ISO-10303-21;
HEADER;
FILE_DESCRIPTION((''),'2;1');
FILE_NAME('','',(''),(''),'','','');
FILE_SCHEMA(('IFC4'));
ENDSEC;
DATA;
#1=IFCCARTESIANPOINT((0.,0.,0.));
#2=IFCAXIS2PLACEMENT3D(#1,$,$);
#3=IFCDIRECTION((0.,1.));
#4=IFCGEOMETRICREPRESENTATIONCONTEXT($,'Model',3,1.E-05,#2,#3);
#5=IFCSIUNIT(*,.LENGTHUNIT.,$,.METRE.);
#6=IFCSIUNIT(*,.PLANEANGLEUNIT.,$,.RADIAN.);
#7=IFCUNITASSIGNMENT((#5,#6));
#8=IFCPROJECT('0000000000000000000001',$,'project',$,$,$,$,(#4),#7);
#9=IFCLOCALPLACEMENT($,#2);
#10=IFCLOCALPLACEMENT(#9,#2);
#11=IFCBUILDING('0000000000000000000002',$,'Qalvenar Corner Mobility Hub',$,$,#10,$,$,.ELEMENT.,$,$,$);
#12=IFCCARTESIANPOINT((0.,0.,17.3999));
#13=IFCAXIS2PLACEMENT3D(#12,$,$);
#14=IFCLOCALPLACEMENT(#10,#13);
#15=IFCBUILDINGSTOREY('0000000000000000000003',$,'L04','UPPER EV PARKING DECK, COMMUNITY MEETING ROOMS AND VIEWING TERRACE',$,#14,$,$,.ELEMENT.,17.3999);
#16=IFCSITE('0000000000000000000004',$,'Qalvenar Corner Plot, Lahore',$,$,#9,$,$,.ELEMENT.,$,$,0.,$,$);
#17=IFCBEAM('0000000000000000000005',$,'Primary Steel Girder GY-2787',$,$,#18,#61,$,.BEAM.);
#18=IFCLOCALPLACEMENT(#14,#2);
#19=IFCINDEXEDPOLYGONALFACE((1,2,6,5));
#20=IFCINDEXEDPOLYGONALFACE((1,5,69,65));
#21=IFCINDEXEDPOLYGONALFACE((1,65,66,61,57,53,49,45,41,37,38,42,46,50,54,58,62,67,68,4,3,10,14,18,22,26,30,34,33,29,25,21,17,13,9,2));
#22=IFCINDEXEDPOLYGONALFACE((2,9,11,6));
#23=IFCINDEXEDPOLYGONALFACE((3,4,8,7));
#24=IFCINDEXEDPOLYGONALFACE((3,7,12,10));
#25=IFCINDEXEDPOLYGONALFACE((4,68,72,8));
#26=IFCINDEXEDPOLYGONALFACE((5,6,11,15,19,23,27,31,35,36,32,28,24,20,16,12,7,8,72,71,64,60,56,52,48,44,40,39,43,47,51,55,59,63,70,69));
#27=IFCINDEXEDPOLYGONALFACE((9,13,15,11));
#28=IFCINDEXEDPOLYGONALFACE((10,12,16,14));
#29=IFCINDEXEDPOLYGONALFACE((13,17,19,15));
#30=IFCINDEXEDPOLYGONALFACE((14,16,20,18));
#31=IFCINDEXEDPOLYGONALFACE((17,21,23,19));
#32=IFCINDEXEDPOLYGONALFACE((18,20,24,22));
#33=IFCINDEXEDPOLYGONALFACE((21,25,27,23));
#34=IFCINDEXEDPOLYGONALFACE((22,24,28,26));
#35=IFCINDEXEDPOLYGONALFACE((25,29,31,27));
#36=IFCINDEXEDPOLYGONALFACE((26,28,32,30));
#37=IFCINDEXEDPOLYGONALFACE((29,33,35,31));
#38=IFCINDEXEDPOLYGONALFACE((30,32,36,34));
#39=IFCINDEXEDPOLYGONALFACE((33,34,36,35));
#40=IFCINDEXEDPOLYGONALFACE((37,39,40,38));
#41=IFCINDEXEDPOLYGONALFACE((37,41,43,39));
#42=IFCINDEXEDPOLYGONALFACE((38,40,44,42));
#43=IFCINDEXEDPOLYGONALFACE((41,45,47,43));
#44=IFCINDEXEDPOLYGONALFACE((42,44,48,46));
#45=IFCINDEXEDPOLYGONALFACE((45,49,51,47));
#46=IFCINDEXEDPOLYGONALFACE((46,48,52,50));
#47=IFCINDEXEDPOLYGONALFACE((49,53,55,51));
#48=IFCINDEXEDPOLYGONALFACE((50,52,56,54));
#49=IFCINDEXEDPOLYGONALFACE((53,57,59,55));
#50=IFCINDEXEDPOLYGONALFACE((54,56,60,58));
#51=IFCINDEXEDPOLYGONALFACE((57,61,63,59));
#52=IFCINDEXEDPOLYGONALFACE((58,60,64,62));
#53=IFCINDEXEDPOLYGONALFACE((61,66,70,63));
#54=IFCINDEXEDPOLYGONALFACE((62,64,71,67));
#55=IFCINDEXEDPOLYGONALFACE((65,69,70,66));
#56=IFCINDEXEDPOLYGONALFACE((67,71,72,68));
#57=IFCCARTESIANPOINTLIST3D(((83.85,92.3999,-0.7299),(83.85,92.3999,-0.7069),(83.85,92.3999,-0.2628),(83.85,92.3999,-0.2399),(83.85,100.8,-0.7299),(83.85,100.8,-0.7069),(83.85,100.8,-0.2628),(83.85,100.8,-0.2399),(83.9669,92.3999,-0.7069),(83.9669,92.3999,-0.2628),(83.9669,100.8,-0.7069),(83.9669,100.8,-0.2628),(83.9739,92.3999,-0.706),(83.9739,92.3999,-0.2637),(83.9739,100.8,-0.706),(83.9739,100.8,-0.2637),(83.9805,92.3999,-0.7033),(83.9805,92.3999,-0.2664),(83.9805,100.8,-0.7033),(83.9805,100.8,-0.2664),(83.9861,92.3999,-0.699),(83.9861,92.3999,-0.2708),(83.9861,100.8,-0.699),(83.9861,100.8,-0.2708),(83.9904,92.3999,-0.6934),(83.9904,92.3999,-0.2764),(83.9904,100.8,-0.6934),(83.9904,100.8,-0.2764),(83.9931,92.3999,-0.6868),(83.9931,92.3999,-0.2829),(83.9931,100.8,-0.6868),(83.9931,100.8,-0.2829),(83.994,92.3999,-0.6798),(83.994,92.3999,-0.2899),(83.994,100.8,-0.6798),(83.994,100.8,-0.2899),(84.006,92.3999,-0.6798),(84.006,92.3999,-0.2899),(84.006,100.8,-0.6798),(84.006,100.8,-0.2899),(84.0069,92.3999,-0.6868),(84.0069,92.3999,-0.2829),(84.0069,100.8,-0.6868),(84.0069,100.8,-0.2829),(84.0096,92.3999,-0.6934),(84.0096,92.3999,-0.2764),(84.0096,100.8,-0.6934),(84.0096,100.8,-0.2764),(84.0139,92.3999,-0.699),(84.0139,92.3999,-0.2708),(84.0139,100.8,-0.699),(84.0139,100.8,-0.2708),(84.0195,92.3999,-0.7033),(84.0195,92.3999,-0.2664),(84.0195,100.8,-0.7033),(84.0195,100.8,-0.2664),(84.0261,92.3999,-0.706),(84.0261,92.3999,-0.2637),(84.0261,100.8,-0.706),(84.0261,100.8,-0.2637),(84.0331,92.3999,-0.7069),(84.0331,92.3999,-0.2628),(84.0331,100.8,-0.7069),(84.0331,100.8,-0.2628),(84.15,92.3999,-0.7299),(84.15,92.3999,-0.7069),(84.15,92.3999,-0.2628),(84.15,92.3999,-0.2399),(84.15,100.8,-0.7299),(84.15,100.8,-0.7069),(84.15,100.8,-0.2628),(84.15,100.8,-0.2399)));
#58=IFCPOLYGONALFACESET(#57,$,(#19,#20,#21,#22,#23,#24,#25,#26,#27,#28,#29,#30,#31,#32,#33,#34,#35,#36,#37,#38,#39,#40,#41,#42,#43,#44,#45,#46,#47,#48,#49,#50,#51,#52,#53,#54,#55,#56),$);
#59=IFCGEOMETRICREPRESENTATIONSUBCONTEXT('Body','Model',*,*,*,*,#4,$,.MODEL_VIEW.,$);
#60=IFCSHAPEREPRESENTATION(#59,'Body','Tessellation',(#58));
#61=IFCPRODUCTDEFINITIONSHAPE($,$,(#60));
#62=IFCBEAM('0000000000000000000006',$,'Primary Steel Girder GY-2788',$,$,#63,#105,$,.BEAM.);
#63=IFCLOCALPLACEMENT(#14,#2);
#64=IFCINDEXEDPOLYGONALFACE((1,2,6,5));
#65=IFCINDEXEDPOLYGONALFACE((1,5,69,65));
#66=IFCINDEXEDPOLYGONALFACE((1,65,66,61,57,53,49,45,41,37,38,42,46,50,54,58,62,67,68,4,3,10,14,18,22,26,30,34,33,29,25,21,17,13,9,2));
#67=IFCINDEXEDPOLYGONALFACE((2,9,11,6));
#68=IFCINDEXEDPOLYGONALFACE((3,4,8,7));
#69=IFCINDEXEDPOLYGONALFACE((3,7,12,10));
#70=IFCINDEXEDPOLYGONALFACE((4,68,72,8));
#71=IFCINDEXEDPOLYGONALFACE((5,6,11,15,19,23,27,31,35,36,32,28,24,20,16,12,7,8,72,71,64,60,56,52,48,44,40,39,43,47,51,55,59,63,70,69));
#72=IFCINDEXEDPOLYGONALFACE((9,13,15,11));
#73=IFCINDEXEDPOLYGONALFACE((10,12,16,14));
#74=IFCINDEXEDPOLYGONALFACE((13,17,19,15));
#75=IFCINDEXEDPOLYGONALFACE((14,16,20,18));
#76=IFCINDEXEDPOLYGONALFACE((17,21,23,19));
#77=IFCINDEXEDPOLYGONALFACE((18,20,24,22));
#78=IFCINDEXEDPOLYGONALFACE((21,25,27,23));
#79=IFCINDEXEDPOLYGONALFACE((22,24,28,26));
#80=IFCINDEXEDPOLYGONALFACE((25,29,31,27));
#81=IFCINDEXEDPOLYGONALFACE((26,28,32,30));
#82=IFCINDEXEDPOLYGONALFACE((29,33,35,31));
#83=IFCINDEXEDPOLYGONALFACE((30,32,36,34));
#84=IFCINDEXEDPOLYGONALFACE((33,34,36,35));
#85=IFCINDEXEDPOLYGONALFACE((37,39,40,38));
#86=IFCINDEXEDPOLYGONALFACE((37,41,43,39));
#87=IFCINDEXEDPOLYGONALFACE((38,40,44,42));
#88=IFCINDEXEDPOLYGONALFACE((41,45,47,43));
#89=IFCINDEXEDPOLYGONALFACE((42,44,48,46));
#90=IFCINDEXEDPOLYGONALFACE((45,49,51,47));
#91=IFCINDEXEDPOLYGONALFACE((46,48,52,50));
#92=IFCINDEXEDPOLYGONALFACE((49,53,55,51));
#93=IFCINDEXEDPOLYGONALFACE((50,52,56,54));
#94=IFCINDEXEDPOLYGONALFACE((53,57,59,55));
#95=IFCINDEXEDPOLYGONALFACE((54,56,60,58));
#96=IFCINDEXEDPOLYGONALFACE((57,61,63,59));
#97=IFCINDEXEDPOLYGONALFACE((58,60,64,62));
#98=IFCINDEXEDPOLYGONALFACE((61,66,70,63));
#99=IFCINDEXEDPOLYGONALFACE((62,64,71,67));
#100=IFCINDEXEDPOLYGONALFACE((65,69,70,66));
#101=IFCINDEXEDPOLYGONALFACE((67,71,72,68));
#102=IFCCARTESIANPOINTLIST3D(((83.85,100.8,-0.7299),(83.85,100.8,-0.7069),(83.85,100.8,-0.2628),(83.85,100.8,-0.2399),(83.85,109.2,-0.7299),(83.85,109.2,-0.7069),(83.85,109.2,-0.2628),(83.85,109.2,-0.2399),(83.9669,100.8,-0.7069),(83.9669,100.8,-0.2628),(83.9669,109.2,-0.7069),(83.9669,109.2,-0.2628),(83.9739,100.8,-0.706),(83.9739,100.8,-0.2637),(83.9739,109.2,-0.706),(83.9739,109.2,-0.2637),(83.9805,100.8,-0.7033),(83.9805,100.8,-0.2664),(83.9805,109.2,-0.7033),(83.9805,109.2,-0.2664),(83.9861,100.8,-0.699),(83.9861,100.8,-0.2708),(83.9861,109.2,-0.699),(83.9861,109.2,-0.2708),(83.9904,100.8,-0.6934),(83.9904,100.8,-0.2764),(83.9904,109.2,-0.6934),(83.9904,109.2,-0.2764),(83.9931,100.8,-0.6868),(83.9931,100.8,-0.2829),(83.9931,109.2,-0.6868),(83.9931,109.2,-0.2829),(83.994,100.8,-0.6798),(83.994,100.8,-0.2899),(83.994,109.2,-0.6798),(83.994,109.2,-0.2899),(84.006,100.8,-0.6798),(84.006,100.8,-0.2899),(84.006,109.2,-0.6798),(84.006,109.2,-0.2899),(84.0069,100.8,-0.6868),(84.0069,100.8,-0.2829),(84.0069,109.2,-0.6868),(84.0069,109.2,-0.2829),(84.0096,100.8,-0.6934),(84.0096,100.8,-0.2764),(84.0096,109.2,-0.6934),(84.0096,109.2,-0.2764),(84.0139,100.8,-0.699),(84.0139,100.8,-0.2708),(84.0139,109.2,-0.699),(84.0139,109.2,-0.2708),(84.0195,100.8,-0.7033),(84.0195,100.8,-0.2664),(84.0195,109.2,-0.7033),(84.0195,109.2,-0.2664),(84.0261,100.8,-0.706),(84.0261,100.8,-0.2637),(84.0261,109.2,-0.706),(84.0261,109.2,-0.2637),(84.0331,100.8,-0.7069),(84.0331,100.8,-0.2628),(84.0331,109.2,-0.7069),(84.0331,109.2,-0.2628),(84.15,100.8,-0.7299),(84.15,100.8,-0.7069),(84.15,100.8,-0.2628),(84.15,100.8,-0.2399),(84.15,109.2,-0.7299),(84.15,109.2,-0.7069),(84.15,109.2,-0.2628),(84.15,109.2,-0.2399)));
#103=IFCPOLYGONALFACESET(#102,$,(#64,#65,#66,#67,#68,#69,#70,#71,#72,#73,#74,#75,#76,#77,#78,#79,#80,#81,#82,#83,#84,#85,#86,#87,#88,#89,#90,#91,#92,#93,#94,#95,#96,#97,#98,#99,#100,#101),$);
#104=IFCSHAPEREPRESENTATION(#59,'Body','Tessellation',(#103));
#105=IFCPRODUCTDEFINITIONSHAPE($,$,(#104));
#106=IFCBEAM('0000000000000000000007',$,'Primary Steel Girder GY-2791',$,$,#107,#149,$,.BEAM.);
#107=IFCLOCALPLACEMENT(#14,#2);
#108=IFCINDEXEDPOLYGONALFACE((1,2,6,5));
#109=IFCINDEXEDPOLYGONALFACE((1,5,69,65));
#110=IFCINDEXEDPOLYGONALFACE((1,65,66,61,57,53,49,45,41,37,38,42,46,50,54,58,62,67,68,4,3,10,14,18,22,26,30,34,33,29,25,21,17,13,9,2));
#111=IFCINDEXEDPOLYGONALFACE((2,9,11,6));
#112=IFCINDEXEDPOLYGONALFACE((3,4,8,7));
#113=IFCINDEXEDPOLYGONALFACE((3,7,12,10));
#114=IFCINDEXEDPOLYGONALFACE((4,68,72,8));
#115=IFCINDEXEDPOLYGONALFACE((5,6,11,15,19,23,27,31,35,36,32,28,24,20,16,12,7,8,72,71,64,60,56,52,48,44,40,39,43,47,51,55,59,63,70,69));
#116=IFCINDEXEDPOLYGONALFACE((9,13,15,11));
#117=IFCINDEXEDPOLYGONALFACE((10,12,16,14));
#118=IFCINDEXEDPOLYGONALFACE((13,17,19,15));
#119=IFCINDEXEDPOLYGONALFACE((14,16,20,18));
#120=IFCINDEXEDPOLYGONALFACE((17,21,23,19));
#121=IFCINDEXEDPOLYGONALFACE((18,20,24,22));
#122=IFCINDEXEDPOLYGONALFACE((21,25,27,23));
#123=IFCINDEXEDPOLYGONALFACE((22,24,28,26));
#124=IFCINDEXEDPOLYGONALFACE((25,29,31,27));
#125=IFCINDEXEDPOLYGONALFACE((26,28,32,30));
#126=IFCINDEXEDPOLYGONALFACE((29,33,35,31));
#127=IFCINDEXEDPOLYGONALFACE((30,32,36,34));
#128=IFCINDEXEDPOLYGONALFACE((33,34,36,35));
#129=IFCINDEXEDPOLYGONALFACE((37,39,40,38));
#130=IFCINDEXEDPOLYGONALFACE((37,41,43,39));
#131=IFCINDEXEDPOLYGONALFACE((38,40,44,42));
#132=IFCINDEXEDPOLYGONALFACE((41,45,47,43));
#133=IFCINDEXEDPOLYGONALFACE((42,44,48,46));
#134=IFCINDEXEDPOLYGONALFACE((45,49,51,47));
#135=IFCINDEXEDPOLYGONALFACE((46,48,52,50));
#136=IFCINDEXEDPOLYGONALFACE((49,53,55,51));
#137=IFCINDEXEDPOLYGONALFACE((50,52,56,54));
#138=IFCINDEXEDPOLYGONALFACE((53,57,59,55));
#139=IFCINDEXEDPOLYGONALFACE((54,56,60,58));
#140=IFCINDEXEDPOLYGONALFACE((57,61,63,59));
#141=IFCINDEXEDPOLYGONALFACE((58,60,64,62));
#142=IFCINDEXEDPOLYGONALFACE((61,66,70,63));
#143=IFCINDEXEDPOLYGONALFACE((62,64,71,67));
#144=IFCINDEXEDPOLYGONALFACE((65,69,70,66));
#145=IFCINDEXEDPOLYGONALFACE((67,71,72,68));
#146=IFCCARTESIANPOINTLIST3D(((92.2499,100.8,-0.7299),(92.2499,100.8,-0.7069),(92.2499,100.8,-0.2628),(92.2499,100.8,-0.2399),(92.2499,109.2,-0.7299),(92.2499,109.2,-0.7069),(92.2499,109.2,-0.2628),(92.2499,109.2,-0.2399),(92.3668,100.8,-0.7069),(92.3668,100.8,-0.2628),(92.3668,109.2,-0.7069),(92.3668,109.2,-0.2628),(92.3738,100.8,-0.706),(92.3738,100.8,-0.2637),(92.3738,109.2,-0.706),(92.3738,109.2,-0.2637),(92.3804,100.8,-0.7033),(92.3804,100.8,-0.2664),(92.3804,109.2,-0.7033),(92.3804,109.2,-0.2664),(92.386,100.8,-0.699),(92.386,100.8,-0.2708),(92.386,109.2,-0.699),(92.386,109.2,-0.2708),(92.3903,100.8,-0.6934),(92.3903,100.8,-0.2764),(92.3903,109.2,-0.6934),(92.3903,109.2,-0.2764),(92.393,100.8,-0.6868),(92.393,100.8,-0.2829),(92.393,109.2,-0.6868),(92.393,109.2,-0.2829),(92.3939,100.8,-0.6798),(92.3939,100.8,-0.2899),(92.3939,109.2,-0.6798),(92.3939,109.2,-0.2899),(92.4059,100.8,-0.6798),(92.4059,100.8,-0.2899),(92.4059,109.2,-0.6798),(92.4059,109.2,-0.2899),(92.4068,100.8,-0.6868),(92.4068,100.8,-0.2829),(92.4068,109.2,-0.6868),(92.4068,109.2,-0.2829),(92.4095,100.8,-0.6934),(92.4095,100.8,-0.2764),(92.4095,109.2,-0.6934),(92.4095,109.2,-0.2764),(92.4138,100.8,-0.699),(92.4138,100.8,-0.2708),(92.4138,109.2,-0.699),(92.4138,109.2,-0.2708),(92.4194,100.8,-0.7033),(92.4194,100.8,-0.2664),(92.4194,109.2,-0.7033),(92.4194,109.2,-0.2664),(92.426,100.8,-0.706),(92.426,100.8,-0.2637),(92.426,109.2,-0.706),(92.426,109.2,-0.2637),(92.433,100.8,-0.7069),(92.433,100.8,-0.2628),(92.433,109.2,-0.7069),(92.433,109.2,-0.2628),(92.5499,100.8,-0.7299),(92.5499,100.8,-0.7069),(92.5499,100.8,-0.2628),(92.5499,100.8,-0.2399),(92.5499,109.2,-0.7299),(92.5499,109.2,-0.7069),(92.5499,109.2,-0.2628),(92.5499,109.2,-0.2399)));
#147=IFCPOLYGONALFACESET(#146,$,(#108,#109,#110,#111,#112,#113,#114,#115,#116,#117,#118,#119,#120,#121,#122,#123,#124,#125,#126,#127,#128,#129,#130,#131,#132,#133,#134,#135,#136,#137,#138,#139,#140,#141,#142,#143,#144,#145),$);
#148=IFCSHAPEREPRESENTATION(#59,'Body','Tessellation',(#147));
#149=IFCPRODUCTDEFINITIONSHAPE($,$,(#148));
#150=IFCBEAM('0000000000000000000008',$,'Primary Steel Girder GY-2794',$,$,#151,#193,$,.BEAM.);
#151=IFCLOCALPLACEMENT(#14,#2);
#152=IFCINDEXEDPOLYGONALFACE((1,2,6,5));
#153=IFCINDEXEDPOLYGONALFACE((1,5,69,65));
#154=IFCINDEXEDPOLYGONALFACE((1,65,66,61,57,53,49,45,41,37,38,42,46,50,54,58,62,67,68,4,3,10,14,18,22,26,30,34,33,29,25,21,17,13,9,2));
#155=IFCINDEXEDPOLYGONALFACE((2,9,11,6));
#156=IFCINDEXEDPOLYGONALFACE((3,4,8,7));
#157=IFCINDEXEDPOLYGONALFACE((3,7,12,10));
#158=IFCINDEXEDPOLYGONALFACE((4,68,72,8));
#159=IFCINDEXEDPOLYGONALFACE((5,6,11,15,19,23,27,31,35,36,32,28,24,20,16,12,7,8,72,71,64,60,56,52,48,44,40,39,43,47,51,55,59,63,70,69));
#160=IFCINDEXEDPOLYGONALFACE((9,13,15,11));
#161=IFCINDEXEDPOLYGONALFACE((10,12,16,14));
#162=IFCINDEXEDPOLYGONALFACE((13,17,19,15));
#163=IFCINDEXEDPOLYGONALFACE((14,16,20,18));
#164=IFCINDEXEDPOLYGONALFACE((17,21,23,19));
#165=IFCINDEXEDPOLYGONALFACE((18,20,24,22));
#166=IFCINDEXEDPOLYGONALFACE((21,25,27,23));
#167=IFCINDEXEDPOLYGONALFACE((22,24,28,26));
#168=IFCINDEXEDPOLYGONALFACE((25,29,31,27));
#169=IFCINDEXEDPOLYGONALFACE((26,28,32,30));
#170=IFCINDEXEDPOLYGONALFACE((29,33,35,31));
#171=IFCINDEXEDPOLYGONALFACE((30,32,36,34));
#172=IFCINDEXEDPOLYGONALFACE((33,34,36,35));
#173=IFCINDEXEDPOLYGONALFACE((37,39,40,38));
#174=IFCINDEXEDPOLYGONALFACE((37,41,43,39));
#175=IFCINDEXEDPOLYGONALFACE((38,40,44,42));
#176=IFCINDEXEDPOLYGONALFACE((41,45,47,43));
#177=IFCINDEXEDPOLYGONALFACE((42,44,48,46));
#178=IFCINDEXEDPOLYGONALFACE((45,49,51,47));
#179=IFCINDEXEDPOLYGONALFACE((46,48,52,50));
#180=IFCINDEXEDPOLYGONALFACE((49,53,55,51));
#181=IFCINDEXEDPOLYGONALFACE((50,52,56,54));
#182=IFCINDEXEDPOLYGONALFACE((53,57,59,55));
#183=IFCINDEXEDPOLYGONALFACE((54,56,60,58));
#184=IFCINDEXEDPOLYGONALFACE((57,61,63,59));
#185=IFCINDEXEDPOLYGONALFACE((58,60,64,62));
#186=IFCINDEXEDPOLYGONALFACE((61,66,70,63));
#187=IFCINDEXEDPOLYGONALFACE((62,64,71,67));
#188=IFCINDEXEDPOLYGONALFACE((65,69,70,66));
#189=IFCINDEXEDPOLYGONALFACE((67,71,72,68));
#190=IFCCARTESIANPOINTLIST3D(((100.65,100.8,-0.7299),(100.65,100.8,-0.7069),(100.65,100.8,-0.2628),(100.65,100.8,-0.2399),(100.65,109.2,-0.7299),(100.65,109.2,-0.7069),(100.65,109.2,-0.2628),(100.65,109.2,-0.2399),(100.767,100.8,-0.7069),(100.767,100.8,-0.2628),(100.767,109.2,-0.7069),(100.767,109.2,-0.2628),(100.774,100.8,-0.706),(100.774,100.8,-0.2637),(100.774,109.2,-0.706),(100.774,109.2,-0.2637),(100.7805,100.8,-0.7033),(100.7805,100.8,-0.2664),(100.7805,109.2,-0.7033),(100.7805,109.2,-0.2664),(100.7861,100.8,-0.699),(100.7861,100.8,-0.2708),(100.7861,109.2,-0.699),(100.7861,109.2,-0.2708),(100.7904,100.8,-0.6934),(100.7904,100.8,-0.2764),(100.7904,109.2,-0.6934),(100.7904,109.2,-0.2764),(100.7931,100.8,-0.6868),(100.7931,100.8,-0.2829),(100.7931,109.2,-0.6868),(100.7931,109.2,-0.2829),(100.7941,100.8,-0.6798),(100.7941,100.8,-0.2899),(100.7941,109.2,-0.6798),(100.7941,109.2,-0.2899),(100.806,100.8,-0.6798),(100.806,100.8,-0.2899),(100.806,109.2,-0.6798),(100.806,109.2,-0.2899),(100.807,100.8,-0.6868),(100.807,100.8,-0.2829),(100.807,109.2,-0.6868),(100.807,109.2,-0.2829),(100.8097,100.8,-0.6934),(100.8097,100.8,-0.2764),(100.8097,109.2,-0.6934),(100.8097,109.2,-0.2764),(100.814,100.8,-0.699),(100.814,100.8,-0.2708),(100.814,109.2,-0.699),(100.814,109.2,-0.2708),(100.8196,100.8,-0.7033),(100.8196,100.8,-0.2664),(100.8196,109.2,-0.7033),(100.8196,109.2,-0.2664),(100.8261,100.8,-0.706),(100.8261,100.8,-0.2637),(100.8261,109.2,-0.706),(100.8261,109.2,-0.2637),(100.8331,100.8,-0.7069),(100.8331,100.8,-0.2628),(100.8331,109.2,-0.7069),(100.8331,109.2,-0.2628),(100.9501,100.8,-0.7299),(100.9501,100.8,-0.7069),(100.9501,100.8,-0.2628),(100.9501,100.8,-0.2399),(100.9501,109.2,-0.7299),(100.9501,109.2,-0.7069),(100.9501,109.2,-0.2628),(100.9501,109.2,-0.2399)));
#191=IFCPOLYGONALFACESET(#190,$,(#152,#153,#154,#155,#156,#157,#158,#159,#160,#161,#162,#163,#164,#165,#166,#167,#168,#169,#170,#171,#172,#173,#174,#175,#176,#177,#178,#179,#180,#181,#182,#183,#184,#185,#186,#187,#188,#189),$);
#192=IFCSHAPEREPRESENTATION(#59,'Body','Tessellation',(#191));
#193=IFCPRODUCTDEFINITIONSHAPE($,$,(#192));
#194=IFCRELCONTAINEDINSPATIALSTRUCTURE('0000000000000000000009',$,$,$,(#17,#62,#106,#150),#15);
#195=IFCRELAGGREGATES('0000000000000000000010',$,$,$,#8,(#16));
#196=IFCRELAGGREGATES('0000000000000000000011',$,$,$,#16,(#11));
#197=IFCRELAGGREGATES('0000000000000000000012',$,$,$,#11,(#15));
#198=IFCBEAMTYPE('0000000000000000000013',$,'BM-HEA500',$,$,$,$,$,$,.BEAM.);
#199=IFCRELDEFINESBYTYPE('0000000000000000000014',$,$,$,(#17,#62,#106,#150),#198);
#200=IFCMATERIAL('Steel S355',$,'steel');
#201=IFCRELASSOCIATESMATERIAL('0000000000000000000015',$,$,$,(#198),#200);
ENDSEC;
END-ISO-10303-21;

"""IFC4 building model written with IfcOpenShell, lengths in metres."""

from ifc_helpers import new_model, si_unit, direction, frame, origin, origin_2d, place, context, subcontext, project, spatial, i_section, extrude, material, material_profile, profile_set, type_object, element, save


model = new_model("IFC4")

# Units and contexts
model_context = context("Model", 3, precision=1e-05, world=origin(), true_north=direction((0.0, 1.0)))
body_context = subcontext(model_context, "Body", "Model", "MODEL_VIEW")
ifc_project = project(units=[si_unit("LENGTHUNIT", "METRE"), si_unit("PLANEANGLEUNIT", "RADIAN")], contexts=[model_context])

# Site, building, storey
site_placement = place(None, origin())
site = spatial("IfcSite", under=ifc_project, at=site_placement, Name="Qalvenar Corner Plot, Lahore", CompositionType="ELEMENT", RefElevation=0.0)
building_placement = place(site_placement, origin())
building = spatial("IfcBuilding", under=site, at=building_placement, Name="Qalvenar Corner Mobility Hub", CompositionType="ELEMENT")
storey_placement = place(building_placement, frame((0.0, 0.0, 17.3999)))
storey = spatial("IfcBuildingStorey", under=building, at=storey_placement, Name="L04", Description="UPPER EV PARKING DECK, COMMUNITY MEETING ROOMS AND VIEWING TERRACE", CompositionType="ELEMENT", Elevation=17.3999)

# Shared definitions
ifc_material = material(Name="Steel S355", Category="steel")

# Beams
ifc_material_profile_1 = material_profile(ifc_material, i_section(OverallWidth=0.3, OverallDepth=0.49, WebThickness=0.012, FlangeThickness=0.0229, FilletRadius=0.0271, at=origin_2d()), Name="HEA500")
ifc_profile_set_1 = profile_set([ifc_material_profile_1], Name="Steel S355")
beam_type_1 = type_object("IfcBeamType", Name="BM-HEA500", PredefinedType="BEAM", material=ifc_profile_set_1)
beam_1_placement = place(storey_placement, frame((84.0, 92.3999, -0.4849), z_axis=(0.0, 1.0, 0.0), x_axis=(-1.0, 0.0, 0.0)))
element("IfcBeam", 1, at=beam_1_placement, inside=storey, type_object=beam_type_1, Name="Primary Steel Girder GY-2787", PredefinedType="BEAM", context=body_context, shape_type="SweptSolid", body=[
    extrude(i_section(OverallWidth=0.3, OverallDepth=0.49, WebThickness=0.012, FlangeThickness=0.0229, FilletRadius=0.0271, at=origin_2d()), origin(), (0.0, 0.0, 1.0), 8.4001),
])
for number, where, z_axis, x_axis, name in (
    (2, (84.0, 100.8, -0.4849), (0.0, 1.0, 0.0), (-1.0, 0.0, 0.0), "Primary Steel Girder GY-2788"),
    (3, (92.3999, 100.8, -0.4849), (0.0, 1.0, 0.0), (-1.0, 0.0, 0.0), "Primary Steel Girder GY-2791"),
    (4, (100.8, 100.8, -0.4849), (0.0, 1.0, 0.0), (-1.0, 0.0, 0.0), "Primary Steel Girder GY-2794"),
):
    element("IfcBeam", number, at=place(storey_placement, frame(where, z_axis=z_axis, x_axis=x_axis)), inside=storey, type_object=beam_type_1, Name=name, PredefinedType="BEAM", context=body_context, shape_type="SweptSolid", body=[
        extrude(i_section(OverallWidth=0.3, OverallDepth=0.49, WebThickness=0.012, FlangeThickness=0.0229, FilletRadius=0.0271, at=origin_2d()), origin(), (0.0, 0.0, 1.0), 8.3999),
    ])

save(model, "model.ifc")
